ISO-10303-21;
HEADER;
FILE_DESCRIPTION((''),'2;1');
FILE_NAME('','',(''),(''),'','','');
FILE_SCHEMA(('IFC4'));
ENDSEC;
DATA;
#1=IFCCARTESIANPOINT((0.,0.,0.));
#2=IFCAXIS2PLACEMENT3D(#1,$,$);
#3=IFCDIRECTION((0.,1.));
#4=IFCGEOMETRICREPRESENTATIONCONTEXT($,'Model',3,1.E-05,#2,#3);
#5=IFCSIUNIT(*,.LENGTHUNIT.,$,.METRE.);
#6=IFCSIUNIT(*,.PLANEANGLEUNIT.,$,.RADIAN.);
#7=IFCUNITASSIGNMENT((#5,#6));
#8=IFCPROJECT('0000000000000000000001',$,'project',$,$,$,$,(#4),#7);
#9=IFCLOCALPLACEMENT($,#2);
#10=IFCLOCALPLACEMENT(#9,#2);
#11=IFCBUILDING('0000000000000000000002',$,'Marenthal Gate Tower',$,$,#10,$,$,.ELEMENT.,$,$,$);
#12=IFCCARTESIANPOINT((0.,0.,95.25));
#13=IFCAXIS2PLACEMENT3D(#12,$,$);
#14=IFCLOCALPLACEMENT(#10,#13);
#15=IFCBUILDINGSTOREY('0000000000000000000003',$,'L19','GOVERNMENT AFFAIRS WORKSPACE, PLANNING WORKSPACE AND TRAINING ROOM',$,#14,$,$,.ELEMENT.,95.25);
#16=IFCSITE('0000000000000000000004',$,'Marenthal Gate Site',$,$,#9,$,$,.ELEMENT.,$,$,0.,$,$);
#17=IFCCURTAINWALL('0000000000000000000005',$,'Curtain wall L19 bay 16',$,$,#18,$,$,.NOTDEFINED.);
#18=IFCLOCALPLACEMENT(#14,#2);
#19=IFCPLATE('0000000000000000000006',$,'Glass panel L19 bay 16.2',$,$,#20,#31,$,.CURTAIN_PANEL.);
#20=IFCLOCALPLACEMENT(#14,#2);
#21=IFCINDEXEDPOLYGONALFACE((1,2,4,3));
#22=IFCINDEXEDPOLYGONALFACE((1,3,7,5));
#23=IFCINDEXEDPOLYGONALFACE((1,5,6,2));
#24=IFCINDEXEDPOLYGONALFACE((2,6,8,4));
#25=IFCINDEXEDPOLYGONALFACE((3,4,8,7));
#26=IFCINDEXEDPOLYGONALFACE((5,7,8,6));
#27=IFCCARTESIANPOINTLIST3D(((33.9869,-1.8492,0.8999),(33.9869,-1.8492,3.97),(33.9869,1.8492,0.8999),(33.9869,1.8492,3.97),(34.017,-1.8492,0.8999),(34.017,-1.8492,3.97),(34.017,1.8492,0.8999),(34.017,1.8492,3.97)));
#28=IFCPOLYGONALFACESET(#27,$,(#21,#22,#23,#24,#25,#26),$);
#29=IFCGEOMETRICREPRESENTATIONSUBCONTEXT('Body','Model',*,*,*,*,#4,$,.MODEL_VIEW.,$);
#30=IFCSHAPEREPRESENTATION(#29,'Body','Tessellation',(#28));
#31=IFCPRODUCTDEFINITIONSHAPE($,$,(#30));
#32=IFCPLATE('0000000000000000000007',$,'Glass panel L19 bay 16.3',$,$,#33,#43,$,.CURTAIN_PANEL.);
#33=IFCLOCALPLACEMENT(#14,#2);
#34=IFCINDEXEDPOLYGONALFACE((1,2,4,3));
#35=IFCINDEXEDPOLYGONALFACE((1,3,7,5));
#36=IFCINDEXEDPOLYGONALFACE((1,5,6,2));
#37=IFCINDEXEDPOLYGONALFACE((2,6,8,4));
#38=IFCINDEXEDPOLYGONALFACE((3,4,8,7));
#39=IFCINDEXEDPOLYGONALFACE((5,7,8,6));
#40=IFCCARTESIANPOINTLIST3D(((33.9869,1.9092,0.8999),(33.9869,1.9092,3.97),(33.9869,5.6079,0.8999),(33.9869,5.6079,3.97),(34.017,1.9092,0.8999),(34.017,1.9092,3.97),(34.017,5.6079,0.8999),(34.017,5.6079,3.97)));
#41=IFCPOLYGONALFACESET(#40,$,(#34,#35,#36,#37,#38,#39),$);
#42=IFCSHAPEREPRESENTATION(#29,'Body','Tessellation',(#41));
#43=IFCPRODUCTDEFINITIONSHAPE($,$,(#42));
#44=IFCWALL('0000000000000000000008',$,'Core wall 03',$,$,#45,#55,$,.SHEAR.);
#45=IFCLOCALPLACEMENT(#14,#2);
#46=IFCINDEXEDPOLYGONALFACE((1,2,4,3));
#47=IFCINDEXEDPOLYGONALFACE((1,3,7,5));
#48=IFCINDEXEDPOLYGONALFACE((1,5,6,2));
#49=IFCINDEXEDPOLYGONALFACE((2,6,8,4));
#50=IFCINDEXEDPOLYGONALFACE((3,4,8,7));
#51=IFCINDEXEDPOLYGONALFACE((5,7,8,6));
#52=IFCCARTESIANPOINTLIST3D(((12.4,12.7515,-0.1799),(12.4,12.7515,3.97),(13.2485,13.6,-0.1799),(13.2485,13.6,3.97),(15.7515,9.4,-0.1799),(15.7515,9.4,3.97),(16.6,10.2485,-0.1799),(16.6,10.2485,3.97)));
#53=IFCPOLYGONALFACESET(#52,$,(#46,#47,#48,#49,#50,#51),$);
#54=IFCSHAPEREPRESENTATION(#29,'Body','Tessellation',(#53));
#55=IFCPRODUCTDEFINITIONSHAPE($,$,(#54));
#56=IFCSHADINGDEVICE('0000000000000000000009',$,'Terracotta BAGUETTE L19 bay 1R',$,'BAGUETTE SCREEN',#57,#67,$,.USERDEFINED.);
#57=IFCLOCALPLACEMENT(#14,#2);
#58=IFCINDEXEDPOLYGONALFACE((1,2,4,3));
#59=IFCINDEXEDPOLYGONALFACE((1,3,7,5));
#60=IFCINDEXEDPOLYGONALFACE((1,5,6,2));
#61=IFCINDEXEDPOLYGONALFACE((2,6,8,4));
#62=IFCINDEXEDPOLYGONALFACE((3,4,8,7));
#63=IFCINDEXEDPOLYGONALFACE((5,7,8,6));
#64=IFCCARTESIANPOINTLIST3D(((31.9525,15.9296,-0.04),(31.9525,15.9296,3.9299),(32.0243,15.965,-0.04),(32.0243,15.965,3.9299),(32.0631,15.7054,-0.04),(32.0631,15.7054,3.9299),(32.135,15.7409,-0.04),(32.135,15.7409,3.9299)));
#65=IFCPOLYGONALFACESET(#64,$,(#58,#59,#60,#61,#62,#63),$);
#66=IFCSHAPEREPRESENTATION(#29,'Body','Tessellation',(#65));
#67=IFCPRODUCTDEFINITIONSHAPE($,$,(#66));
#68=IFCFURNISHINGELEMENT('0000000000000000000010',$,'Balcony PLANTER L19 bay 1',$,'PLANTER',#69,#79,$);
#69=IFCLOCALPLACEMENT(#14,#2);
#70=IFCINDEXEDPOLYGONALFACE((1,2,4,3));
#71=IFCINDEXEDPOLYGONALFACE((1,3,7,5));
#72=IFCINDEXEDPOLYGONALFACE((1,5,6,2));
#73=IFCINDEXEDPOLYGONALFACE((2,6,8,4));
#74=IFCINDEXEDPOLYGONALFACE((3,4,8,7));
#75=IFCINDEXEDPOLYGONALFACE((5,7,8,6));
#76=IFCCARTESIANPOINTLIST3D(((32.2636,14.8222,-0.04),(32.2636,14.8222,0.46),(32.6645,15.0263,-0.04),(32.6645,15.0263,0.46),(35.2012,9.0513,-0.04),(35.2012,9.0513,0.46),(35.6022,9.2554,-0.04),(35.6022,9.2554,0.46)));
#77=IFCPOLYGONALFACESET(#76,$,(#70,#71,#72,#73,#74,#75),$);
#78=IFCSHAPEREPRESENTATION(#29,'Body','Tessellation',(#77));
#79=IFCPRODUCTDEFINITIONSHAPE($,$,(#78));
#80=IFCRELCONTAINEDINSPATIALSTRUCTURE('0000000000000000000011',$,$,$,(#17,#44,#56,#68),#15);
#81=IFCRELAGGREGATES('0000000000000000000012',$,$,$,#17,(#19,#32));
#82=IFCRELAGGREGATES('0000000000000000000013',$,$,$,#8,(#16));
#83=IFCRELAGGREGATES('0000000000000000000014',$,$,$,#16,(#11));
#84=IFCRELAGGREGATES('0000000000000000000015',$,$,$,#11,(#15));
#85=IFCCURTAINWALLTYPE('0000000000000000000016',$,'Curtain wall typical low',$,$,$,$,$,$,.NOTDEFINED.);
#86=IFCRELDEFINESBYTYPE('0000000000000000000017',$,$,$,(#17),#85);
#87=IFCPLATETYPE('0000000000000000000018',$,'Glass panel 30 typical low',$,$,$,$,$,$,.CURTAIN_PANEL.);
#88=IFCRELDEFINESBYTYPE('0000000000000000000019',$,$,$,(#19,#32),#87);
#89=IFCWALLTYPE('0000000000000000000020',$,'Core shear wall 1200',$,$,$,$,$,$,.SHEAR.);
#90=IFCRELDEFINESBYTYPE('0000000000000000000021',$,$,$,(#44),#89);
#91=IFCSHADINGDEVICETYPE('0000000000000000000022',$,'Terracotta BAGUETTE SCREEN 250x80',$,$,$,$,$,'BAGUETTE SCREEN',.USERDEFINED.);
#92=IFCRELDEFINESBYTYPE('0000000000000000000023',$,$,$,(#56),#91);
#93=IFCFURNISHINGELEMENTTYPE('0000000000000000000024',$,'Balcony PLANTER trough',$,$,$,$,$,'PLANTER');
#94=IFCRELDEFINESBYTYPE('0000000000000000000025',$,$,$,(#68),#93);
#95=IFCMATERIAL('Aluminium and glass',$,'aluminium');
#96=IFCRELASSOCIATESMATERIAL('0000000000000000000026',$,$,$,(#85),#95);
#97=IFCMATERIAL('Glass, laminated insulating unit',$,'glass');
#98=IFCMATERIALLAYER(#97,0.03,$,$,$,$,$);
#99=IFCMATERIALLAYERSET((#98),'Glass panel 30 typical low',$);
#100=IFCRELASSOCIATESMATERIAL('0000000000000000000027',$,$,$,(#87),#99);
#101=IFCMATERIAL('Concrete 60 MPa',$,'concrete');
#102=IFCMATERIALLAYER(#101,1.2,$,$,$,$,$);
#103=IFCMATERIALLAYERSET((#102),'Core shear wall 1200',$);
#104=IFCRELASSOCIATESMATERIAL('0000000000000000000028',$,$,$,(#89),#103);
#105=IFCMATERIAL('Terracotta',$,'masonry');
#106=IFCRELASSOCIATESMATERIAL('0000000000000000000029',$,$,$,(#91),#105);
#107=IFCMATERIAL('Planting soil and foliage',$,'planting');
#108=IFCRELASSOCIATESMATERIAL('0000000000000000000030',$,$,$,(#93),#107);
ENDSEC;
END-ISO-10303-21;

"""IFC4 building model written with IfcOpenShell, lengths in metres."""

from ifc_helpers import new_model, si_unit, direction, frame, frame_2d, origin, origin_2d, place, context, subcontext, project, spatial, rectangle, extrude, material, layer, layer_set, material_profile, profile_set, type_object, element, aggregate, save


model = new_model("IFC4")

# Units and contexts
model_context = context("Model", 3, precision=1e-05, world=origin(), true_north=direction((0.0, 1.0)))
body_context = subcontext(model_context, "Body", "Model", "MODEL_VIEW")
ifc_project = project(units=[si_unit("LENGTHUNIT", "METRE"), si_unit("PLANEANGLEUNIT", "RADIAN")], contexts=[model_context])

# Site, building, storey
site_placement = place(None, origin())
site = spatial("IfcSite", under=ifc_project, at=site_placement, Name="Marenthal Gate Site", CompositionType="ELEMENT", RefElevation=0.0)
building_placement = place(site_placement, origin())
building = spatial("IfcBuilding", under=site, at=building_placement, Name="Marenthal Gate Tower", CompositionType="ELEMENT")
storey_placement = place(building_placement, frame((0.0, 0.0, 95.25)))
storey = spatial("IfcBuildingStorey", under=building, at=storey_placement, Name="L19", Description="GOVERNMENT AFFAIRS WORKSPACE, PLANNING WORKSPACE AND TRAINING ROOM", CompositionType="ELEMENT", Elevation=95.25)

# Curtain wall
ifc_material_1 = material(Name="Aluminium and glass", Category="aluminium")
curtain_wall_type = type_object("IfcCurtainWallType", Name="Curtain wall typical low", PredefinedType="NOTDEFINED", material=ifc_material_1)
curtain_wall_placement = place(storey_placement, origin())
curtain_wall = element("IfcCurtainWall", 1, at=curtain_wall_placement, inside=storey, type_object=curtain_wall_type, Name="Curtain wall L19 bay 16", PredefinedType="NOTDEFINED")

# Plates
ifc_material_2 = material(Name="Glass, laminated insulating unit", Category="glass")
ifc_layer_1 = layer(ifc_material_2, 0.03)
ifc_layer_set_1 = layer_set([ifc_layer_1], Name="Glass panel 30 typical low")
plate_type = type_object("IfcPlateType", Name="Glass panel 30 typical low", PredefinedType="CURTAIN_PANEL", material=ifc_layer_set_1)
plate_1_placement = place(storey_placement, frame((34.002, 0.0, 0.8999), z_axis=(0.0, 0.0, 1.0), x_axis=(0.0, 1.0, 0.0)))
plate_1 = element("IfcPlate", 2, at=plate_1_placement, type_object=plate_type, Name="Glass panel L19 bay 16.2", PredefinedType="CURTAIN_PANEL", context=body_context, shape_type="SweptSolid", body=[
    extrude(rectangle(XDim=3.6985, YDim=0.03, at=origin_2d()), origin(), (0.0, 0.0, 1.0), 3.0701),
])
plate_2_placement = place(storey_placement, frame((34.002, 3.7585, 0.8999), z_axis=(0.0, 0.0, 1.0), x_axis=(0.0, 1.0, 0.0)))
plate_2 = element("IfcPlate", 3, at=plate_2_placement, type_object=plate_type, Name="Glass panel L19 bay 16.3", PredefinedType="CURTAIN_PANEL", context=body_context, shape_type="SweptSolid", body=[
    extrude(rectangle(XDim=3.6987, YDim=0.03, at=origin_2d()), origin(), (0.0, 0.0, 1.0), 3.0701),
])
aggregate(curtain_wall, [plate_1, plate_2])

# Wall
ifc_material_3 = material(Name="Concrete 60 MPa", Category="concrete")
ifc_layer_2 = layer(ifc_material_3, 1.2)
ifc_layer_set_2 = layer_set([ifc_layer_2], Name="Core shear wall 1200")
wall_type_1 = type_object("IfcWallType", Name="Core shear wall 1200", PredefinedType="SHEAR", material=ifc_layer_set_2)
wall_1_placement = place(storey_placement, frame((16.1758, 9.8242, -0.1799), z_axis=(0.0, 0.0, 1.0), x_axis=(-0.707107, 0.707107, 0.0)))
element("IfcWall", 4, at=wall_1_placement, inside=storey, type_object=wall_type_1, Name="Core wall 03", PredefinedType="SHEAR", context=body_context, shape_type="SweptSolid", body=[
    extrude(rectangle(XDim=4.7397, YDim=1.2, at=frame_2d((2.3699, 0.0))), origin(), (0.0, 0.0, 1.0), 4.1499),
])

# Shading device
ifc_material_4 = material(Name="Terracotta", Category="masonry")
ifc_material_profile_1 = material_profile(ifc_material_4, rectangle(XDim=0.25, YDim=0.0801, at=origin_2d()), Name="Terracotta baguette 250x80")
ifc_profile_set_1 = profile_set([ifc_material_profile_1], Name="Terracotta")
shading_device_type = type_object("IfcShadingDeviceType", Name="Terracotta BAGUETTE SCREEN 250x80", ElementType="BAGUETTE SCREEN", PredefinedType="USERDEFINED", material=ifc_profile_set_1)
shading_device_placement = place(storey_placement, frame((32.0437, 15.8352, -0.04), z_axis=(0.0, 0.0, 1.0), x_axis=(-0.44279, 0.896625, 0.0)))
element("IfcShadingDevice", 5, at=shading_device_placement, inside=storey, type_object=shading_device_type, Name="Terracotta BAGUETTE L19 bay 1R", ObjectType="BAGUETTE SCREEN", PredefinedType="USERDEFINED", context=body_context, shape_type="SweptSolid", body=[
    extrude(rectangle(XDim=0.25, YDim=0.0801, at=origin_2d()), origin(), (0.0, 0.0, 1.0), 3.97),
])

# Furnishing element
ifc_material_5 = material(Name="Planting soil and foliage", Category="planting")
furnishing_element_type = type_object("IfcFurnishingElementType", Name="Balcony PLANTER trough", ElementType="PLANTER", material=ifc_material_5)
furnishing_placement = place(storey_placement, frame((33.9329, 12.0388, -0.04), z_axis=(0.0, 0.0, 1.0), x_axis=(-0.453646, 0.891182, 0.0)))
element("IfcFurnishingElement", 6, at=furnishing_placement, inside=storey, type_object=furnishing_element_type, Name="Balcony PLANTER L19 bay 1", ObjectType="PLANTER", context=body_context, shape_type="SweptSolid", body=[
    extrude(rectangle(XDim=6.4756, YDim=0.45, at=origin_2d()), origin(), (0.0, 0.0, 1.0), 0.5),
])

save(model, "model.ifc")
